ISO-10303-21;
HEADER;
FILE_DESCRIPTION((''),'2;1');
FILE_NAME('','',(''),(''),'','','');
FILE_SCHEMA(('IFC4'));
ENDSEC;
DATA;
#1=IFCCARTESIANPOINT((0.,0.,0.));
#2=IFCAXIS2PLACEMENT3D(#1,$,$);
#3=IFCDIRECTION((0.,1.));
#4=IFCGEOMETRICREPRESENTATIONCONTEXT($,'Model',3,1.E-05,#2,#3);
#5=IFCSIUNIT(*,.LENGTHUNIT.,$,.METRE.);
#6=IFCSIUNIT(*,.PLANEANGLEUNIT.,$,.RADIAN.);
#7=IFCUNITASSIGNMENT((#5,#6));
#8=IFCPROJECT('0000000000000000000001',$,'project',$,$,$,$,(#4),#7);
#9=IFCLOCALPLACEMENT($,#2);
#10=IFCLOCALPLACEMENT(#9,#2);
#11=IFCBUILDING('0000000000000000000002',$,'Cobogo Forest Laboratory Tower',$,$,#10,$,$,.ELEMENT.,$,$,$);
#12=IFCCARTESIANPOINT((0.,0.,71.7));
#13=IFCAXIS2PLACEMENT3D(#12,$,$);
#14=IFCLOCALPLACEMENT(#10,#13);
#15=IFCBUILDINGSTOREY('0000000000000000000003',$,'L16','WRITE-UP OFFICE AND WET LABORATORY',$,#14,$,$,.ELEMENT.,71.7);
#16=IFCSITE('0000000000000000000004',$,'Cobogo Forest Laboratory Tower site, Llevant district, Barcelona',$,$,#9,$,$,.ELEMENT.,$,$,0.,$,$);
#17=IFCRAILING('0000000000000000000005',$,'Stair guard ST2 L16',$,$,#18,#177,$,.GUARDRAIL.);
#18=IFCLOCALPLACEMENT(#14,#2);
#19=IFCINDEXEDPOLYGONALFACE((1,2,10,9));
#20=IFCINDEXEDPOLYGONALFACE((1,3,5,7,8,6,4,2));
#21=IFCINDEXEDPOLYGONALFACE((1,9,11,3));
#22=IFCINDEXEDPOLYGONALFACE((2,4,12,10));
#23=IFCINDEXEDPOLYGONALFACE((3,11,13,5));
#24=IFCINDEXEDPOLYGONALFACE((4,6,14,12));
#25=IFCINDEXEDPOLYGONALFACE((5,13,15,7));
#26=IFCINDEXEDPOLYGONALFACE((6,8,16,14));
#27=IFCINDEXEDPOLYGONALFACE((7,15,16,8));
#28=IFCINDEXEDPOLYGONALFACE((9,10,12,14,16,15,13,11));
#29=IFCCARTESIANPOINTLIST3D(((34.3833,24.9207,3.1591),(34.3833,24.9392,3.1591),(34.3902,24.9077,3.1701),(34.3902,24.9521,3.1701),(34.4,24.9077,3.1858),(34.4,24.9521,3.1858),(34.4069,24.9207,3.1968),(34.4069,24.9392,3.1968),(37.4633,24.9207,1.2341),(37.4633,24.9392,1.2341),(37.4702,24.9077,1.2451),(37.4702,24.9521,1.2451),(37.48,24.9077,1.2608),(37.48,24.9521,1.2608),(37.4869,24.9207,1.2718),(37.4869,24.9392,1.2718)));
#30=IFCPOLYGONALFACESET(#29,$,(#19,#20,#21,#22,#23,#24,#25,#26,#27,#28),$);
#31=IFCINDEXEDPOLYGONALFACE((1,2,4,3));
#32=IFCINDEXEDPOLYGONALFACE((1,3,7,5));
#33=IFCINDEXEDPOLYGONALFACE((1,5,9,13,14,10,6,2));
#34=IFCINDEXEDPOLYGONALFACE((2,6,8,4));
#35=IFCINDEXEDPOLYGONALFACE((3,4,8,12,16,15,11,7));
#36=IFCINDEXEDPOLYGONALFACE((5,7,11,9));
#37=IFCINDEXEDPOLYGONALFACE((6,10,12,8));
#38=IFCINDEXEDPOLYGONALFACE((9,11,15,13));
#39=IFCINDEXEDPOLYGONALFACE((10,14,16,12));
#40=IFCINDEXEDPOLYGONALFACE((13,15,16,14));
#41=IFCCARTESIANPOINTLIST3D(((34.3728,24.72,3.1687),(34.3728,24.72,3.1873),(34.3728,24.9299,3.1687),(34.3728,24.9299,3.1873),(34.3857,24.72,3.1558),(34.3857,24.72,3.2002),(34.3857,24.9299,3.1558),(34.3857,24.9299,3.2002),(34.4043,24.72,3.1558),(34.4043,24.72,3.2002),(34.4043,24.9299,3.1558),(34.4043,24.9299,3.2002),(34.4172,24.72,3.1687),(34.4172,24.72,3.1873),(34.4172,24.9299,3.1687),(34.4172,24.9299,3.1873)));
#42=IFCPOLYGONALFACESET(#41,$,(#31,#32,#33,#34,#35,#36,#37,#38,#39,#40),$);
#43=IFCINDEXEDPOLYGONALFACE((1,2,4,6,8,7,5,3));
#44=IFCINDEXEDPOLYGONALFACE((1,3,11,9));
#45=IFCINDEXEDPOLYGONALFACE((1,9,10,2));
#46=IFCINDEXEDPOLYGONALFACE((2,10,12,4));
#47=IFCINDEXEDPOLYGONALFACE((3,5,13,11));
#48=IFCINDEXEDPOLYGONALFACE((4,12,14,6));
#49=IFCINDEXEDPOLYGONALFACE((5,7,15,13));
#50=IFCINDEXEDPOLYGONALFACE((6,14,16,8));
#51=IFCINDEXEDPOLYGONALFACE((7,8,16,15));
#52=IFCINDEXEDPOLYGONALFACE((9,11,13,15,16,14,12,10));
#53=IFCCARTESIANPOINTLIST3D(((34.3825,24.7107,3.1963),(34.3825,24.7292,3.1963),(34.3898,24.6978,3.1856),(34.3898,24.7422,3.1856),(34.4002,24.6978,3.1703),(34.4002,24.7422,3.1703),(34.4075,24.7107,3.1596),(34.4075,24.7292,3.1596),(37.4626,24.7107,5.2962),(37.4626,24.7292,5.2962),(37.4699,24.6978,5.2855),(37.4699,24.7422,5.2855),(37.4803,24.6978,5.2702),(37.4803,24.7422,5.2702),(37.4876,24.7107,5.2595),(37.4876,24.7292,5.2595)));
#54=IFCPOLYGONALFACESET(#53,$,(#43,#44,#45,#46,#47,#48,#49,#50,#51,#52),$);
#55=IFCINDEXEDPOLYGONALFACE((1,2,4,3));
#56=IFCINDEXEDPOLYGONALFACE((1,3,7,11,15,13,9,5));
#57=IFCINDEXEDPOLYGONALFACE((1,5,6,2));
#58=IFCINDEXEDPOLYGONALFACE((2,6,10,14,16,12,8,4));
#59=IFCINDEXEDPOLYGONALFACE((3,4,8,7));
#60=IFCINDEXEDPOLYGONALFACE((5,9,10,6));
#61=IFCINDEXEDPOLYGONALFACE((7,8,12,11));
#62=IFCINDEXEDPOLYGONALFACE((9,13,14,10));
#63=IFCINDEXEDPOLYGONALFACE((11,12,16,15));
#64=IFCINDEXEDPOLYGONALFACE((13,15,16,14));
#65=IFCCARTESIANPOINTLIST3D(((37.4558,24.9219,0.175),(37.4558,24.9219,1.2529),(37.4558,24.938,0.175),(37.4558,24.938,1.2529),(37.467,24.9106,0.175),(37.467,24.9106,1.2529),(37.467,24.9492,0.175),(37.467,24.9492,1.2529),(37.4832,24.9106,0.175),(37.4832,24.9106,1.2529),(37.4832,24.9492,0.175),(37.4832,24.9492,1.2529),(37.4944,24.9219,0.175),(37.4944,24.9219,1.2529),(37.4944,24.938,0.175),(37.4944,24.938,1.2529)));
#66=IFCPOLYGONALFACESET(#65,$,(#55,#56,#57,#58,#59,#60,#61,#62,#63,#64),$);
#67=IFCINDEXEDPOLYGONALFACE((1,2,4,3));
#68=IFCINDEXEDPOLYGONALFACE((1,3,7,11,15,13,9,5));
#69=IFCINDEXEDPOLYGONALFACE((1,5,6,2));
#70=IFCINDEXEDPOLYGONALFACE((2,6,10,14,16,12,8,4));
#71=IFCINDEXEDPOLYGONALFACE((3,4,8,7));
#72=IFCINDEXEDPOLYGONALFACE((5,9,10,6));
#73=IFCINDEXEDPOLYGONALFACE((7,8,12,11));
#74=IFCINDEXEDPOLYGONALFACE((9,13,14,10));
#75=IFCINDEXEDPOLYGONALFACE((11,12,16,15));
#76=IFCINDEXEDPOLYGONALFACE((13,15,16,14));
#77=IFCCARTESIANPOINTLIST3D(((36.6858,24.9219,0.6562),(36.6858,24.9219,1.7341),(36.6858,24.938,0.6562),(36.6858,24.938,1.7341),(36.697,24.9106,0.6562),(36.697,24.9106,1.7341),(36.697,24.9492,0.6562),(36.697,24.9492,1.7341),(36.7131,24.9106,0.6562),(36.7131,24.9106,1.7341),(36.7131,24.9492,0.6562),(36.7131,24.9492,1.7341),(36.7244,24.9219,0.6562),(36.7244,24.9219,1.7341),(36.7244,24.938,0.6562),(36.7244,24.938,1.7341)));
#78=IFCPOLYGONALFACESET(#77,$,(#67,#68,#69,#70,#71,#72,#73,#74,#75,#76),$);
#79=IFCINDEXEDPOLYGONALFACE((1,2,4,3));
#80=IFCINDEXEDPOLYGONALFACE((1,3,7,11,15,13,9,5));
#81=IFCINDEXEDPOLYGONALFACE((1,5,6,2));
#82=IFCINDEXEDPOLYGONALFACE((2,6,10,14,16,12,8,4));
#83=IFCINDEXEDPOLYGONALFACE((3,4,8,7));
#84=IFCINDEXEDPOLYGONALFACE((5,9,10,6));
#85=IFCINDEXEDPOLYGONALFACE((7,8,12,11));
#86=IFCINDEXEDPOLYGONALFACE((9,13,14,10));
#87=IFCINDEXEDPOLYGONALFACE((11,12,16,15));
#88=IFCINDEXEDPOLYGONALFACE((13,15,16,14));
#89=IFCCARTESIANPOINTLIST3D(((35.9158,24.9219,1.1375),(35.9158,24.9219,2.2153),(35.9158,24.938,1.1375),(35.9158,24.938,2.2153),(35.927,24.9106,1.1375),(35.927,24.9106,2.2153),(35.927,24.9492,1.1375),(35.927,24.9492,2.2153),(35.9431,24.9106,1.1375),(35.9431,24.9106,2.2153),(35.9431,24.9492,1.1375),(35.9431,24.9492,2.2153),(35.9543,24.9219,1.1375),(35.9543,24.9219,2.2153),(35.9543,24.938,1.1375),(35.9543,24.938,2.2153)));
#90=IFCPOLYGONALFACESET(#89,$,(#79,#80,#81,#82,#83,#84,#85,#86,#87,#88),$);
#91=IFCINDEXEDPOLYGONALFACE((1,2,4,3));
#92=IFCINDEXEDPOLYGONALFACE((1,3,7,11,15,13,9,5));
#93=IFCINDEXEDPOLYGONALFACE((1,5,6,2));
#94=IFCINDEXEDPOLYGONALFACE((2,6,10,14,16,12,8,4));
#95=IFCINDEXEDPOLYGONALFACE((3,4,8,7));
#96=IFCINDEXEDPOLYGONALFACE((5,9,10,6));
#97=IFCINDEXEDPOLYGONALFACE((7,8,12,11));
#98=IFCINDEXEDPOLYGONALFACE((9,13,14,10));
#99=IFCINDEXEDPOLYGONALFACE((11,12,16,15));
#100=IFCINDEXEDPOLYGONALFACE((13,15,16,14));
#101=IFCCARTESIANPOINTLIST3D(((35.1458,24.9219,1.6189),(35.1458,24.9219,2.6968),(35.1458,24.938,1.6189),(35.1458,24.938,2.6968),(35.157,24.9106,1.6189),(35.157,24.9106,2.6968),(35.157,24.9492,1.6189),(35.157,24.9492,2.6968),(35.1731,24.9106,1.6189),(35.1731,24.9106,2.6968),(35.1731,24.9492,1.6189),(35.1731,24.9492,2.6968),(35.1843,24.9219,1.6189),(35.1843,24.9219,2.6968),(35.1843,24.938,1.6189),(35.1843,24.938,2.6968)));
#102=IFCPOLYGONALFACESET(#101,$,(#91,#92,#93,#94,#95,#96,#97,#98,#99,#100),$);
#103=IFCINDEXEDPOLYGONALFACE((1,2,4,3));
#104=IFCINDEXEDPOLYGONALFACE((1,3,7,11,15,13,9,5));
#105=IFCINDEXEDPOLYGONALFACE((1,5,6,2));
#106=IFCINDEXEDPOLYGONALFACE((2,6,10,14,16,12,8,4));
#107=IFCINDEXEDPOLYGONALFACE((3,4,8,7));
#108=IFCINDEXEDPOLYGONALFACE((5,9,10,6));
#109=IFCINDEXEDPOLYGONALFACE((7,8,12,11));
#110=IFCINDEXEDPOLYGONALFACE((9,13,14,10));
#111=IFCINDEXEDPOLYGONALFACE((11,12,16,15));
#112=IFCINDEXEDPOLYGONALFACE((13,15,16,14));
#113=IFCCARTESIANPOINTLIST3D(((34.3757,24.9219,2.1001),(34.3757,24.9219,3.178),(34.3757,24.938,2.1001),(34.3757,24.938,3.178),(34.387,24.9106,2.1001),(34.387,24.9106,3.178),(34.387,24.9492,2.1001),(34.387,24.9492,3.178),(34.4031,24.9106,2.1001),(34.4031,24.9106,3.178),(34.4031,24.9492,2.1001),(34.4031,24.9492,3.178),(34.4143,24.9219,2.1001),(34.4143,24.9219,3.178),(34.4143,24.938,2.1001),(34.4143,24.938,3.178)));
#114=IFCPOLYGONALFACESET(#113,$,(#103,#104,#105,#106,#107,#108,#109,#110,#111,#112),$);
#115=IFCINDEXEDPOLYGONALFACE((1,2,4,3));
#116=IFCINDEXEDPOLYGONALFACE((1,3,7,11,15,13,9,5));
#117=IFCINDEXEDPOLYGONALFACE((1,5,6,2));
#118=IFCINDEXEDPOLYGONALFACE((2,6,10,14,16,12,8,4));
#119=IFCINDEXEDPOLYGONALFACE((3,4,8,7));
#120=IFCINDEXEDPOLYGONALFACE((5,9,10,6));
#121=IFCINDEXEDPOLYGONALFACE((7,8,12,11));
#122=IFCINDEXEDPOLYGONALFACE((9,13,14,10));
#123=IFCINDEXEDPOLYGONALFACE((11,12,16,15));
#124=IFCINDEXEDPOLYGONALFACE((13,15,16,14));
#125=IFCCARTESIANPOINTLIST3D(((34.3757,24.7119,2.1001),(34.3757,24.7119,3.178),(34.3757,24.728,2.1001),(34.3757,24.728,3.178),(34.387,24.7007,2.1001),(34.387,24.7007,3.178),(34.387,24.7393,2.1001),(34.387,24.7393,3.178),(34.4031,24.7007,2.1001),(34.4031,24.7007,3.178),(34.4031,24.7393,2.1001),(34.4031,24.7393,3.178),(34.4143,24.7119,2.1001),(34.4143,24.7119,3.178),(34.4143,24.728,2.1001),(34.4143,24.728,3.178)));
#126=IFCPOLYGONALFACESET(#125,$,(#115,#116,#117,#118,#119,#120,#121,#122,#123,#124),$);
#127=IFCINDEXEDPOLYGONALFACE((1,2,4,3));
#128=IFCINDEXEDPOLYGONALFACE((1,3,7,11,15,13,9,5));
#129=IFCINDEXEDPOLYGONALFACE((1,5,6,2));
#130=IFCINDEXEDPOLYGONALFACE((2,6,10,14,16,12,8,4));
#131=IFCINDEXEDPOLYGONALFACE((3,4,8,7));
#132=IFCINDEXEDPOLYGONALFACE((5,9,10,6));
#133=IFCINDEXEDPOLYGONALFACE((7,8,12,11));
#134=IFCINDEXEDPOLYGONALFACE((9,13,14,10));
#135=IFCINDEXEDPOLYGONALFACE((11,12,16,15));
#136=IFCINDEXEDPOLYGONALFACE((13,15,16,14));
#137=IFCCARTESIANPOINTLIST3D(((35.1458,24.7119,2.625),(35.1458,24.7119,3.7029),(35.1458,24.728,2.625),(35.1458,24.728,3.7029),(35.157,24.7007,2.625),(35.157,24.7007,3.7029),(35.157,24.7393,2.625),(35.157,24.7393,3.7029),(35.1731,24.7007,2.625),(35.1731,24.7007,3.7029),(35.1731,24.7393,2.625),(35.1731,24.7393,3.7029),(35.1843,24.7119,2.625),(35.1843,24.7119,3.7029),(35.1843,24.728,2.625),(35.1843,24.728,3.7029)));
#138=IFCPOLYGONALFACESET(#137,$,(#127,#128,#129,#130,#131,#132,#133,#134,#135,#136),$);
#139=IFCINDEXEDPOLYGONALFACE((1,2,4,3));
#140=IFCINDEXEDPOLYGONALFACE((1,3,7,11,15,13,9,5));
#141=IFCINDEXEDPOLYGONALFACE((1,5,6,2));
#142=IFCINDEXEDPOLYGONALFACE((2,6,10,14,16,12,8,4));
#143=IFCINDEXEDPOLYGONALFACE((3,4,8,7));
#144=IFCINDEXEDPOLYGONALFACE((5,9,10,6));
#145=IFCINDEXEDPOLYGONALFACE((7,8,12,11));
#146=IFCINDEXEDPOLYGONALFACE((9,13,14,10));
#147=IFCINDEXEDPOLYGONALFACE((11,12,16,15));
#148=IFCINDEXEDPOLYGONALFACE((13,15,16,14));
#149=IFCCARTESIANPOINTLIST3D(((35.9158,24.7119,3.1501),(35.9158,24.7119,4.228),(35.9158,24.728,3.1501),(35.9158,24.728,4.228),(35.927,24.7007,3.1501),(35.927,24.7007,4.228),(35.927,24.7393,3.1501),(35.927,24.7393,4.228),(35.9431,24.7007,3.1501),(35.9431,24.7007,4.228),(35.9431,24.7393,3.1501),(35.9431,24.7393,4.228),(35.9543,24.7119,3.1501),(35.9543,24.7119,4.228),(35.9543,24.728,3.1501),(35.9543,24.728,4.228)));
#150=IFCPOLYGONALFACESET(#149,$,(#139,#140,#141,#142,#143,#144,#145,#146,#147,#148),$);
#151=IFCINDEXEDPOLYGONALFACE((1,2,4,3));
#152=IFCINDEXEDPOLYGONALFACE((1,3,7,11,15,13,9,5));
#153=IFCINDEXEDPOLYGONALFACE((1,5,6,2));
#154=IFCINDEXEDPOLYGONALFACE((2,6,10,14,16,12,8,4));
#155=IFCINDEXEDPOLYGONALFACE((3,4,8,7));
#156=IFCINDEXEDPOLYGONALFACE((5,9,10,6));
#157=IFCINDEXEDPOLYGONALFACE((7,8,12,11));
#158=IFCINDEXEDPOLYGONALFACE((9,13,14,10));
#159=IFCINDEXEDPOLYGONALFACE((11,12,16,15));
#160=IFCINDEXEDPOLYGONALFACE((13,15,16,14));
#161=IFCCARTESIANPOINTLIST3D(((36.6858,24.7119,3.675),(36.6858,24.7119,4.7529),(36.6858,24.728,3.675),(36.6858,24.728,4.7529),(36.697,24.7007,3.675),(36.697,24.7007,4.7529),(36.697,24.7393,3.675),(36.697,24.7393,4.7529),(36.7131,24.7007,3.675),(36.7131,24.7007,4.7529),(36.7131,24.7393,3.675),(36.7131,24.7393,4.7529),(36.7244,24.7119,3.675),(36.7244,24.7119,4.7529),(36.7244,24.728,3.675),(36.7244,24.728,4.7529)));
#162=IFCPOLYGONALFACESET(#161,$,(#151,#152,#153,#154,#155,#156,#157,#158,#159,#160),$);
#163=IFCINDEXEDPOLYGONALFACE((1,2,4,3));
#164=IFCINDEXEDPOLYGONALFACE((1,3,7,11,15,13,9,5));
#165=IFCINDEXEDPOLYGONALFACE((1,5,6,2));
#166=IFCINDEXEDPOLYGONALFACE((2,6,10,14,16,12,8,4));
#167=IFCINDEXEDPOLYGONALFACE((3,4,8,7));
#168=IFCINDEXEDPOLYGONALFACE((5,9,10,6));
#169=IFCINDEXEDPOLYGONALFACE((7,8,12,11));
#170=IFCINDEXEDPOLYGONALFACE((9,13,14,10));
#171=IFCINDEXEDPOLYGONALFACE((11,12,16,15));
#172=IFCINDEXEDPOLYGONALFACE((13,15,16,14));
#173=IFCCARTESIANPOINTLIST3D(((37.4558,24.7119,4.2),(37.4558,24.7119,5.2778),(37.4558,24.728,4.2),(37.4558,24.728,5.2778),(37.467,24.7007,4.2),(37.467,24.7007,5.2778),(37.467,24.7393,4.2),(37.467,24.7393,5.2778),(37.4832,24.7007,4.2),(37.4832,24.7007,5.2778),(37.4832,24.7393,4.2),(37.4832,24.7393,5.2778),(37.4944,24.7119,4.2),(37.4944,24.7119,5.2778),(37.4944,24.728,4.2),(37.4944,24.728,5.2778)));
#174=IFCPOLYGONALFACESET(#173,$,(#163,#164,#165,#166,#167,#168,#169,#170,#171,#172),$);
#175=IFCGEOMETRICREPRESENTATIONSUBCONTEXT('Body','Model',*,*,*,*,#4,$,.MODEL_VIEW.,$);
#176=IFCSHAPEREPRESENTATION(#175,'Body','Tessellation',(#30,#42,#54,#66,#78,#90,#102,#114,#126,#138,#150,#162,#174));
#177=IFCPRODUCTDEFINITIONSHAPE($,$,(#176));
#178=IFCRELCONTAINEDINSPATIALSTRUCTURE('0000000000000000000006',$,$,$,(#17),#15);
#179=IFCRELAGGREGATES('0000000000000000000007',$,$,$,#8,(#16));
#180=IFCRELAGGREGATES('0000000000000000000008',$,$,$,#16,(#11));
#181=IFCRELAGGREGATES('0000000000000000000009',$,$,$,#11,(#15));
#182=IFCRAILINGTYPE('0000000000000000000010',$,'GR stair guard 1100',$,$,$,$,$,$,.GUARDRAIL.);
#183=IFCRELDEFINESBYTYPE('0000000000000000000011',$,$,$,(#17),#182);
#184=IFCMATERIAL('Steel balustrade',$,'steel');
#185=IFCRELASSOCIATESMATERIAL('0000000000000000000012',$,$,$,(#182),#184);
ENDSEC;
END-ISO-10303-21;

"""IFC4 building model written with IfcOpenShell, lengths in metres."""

from ifc_helpers import new_model, si_unit, direction, frame, origin, place, context, subcontext, project, spatial, polyline, outline, extrude, material, type_object, element, save


model = new_model("IFC4")

# Units and contexts
model_context = context("Model", 3, precision=1e-05, world=origin(), true_north=direction((0.0, 1.0)))
body_context = subcontext(model_context, "Body", "Model", "MODEL_VIEW")
ifc_project = project(units=[si_unit("LENGTHUNIT", "METRE"), si_unit("PLANEANGLEUNIT", "RADIAN")], contexts=[model_context])

# Site, building, storey
site_placement = place(None, origin())
site = spatial("IfcSite", under=ifc_project, at=site_placement, Name="Cobogo Forest Laboratory Tower site, Llevant district, Barcelona", CompositionType="ELEMENT", RefElevation=0.0)
building_placement = place(site_placement, origin())
building = spatial("IfcBuilding", under=site, at=building_placement, Name="Cobogo Forest Laboratory Tower", CompositionType="ELEMENT")
storey_placement = place(building_placement, frame((0.0, 0.0, 71.7)))
storey = spatial("IfcBuildingStorey", under=building, at=storey_placement, Name="L16", Description="WRITE-UP OFFICE AND WET LABORATORY", CompositionType="ELEMENT", Elevation=71.7)

# Railing
ifc_material_1 = material(Name="Steel balustrade", Category="steel")
railing_type = type_object("IfcRailingType", Name="GR stair guard 1100", PredefinedType="GUARDRAIL", material=ifc_material_1)
railing_placement = place(storey_placement, frame((37.4751, 24.9299, 0.175)))
element("IfcRailing", 1, at=railing_placement, inside=storey, type_object=railing_type, Name="Stair guard ST2 L16", PredefinedType="GUARDRAIL", context=body_context, shape_type="SweptSolid", body=[
    extrude(outline(polyline([(0.0222, 0.0093), (0.0093, 0.0222), (-0.0093, 0.0222), (-0.0222, 0.0093), (-0.0222, -0.0093), (-0.0093, -0.0222), (0.0093, -0.0222), (0.0222, -0.0093), (0.0222, 0.0093)])), frame((0.0, 0.0, 1.0779), z_axis=(-0.847998, 0.0, 0.529999), x_axis=(0.0, -1.0, 0.0)), (0.0, 0.0, 1.0), 3.6321),
    extrude(outline(polyline([(0.0222, 0.0093), (0.0093, 0.0222), (-0.0093, 0.0222), (-0.0222, 0.0093), (-0.0222, -0.0093), (-0.0093, -0.0222), (0.0093, -0.0222), (0.0222, -0.0093), (0.0222, 0.0093)])), frame((-3.0801, 0.0, 3.0029), z_axis=(0.0, -1.0, 0.0), x_axis=(1.0, 0.0, 0.0)), (0.0, 0.0, 1.0), 0.21),
    extrude(outline(polyline([(0.0222, 0.0093), (0.0093, 0.0222), (-0.0093, 0.0222), (-0.0222, 0.0093), (-0.0222, -0.0093), (-0.0093, -0.0222), (0.0093, -0.0222), (0.0222, -0.0093), (0.0222, 0.0093)])), frame((-3.0801, -0.21, 3.0029), z_axis=(0.826252, 0.0, 0.5633), x_axis=(0.0, 1.0, 0.0)), (0.0, 0.0, 1.0), 3.7278),
    extrude(outline(polyline([(0.0193, 0.0081), (0.0081, 0.0193), (-0.0081, 0.0193), (-0.0193, 0.0081), (-0.0193, -0.0081), (-0.0081, -0.0193), (0.0081, -0.0193), (0.0193, -0.0081), (0.0193, 0.0081)])), origin(), (0.0, 0.0, 1.0), 1.0779),
    extrude(outline(polyline([(0.0193, 0.0081), (0.0081, 0.0193), (-0.0081, 0.0193), (-0.0193, 0.0081), (-0.0193, -0.0081), (-0.0081, -0.0193), (0.0081, -0.0193), (0.0193, -0.0081), (0.0193, 0.0081)])), frame((-0.77, 0.0, 0.4812)), (0.0, 0.0, 1.0), 1.0779),
    extrude(outline(polyline([(0.0193, 0.0081), (0.0081, 0.0193), (-0.0081, 0.0193), (-0.0193, 0.0081), (-0.0193, -0.0081), (-0.0081, -0.0193), (0.0081, -0.0193), (0.0193, -0.0081), (0.0193, 0.0081)])), frame((-1.54, 0.0, 0.9624)), (0.0, 0.0, 1.0), 1.0779),
    extrude(outline(polyline([(0.0193, 0.0081), (0.0081, 0.0193), (-0.0081, 0.0193), (-0.0193, 0.0081), (-0.0193, -0.0081), (-0.0081, -0.0193), (0.0081, -0.0193), (0.0193, -0.0081), (0.0193, 0.0081)])), frame((-2.3101, 0.0, 1.4438)), (0.0, 0.0, 1.0), 1.0779),
    extrude(outline(polyline([(0.0193, 0.0081), (0.0081, 0.0193), (-0.0081, 0.0193), (-0.0193, 0.0081), (-0.0193, -0.0081), (-0.0081, -0.0193), (0.0081, -0.0193), (0.0193, -0.0081), (0.0193, 0.0081)])), frame((-3.0801, 0.0, 1.925)), (0.0, 0.0, 1.0), 1.0779),
    extrude(outline(polyline([(0.0193, 0.0081), (0.0081, 0.0193), (-0.0081, 0.0193), (-0.0193, 0.0081), (-0.0193, -0.0081), (-0.0081, -0.0193), (0.0081, -0.0193), (0.0193, -0.0081), (0.0193, 0.0081)])), frame((-3.0801, -0.21, 1.925)), (0.0, 0.0, 1.0), 1.0779),
    extrude(outline(polyline([(0.0193, 0.0081), (0.0081, 0.0193), (-0.0081, 0.0193), (-0.0193, 0.0081), (-0.0193, -0.0081), (-0.0081, -0.0193), (0.0081, -0.0193), (0.0193, -0.0081), (0.0193, 0.0081)])), frame((-2.3101, -0.21, 2.45)), (0.0, 0.0, 1.0), 1.0779),
    extrude(outline(polyline([(0.0193, 0.0081), (0.0081, 0.0193), (-0.0081, 0.0193), (-0.0193, 0.0081), (-0.0193, -0.0081), (-0.0081, -0.0193), (0.0081, -0.0193), (0.0193, -0.0081), (0.0193, 0.0081)])), frame((-1.54, -0.21, 2.9751)), (0.0, 0.0, 1.0), 1.0779),
    extrude(outline(polyline([(0.0193, 0.0081), (0.0081, 0.0193), (-0.0081, 0.0193), (-0.0193, 0.0081), (-0.0193, -0.0081), (-0.0081, -0.0193), (0.0081, -0.0193), (0.0193, -0.0081), (0.0193, 0.0081)])), frame((-0.77, -0.21, 3.5)), (0.0, 0.0, 1.0), 1.0779),
    extrude(outline(polyline([(0.0193, 0.0081), (0.0081, 0.0193), (-0.0081, 0.0193), (-0.0193, 0.0081), (-0.0193, -0.0081), (-0.0081, -0.0193), (0.0081, -0.0193), (0.0193, -0.0081), (0.0193, 0.0081)])), frame((0.0, -0.21, 4.0249)), (0.0, 0.0, 1.0), 1.0779),
])

save(model, "model.ifc")
